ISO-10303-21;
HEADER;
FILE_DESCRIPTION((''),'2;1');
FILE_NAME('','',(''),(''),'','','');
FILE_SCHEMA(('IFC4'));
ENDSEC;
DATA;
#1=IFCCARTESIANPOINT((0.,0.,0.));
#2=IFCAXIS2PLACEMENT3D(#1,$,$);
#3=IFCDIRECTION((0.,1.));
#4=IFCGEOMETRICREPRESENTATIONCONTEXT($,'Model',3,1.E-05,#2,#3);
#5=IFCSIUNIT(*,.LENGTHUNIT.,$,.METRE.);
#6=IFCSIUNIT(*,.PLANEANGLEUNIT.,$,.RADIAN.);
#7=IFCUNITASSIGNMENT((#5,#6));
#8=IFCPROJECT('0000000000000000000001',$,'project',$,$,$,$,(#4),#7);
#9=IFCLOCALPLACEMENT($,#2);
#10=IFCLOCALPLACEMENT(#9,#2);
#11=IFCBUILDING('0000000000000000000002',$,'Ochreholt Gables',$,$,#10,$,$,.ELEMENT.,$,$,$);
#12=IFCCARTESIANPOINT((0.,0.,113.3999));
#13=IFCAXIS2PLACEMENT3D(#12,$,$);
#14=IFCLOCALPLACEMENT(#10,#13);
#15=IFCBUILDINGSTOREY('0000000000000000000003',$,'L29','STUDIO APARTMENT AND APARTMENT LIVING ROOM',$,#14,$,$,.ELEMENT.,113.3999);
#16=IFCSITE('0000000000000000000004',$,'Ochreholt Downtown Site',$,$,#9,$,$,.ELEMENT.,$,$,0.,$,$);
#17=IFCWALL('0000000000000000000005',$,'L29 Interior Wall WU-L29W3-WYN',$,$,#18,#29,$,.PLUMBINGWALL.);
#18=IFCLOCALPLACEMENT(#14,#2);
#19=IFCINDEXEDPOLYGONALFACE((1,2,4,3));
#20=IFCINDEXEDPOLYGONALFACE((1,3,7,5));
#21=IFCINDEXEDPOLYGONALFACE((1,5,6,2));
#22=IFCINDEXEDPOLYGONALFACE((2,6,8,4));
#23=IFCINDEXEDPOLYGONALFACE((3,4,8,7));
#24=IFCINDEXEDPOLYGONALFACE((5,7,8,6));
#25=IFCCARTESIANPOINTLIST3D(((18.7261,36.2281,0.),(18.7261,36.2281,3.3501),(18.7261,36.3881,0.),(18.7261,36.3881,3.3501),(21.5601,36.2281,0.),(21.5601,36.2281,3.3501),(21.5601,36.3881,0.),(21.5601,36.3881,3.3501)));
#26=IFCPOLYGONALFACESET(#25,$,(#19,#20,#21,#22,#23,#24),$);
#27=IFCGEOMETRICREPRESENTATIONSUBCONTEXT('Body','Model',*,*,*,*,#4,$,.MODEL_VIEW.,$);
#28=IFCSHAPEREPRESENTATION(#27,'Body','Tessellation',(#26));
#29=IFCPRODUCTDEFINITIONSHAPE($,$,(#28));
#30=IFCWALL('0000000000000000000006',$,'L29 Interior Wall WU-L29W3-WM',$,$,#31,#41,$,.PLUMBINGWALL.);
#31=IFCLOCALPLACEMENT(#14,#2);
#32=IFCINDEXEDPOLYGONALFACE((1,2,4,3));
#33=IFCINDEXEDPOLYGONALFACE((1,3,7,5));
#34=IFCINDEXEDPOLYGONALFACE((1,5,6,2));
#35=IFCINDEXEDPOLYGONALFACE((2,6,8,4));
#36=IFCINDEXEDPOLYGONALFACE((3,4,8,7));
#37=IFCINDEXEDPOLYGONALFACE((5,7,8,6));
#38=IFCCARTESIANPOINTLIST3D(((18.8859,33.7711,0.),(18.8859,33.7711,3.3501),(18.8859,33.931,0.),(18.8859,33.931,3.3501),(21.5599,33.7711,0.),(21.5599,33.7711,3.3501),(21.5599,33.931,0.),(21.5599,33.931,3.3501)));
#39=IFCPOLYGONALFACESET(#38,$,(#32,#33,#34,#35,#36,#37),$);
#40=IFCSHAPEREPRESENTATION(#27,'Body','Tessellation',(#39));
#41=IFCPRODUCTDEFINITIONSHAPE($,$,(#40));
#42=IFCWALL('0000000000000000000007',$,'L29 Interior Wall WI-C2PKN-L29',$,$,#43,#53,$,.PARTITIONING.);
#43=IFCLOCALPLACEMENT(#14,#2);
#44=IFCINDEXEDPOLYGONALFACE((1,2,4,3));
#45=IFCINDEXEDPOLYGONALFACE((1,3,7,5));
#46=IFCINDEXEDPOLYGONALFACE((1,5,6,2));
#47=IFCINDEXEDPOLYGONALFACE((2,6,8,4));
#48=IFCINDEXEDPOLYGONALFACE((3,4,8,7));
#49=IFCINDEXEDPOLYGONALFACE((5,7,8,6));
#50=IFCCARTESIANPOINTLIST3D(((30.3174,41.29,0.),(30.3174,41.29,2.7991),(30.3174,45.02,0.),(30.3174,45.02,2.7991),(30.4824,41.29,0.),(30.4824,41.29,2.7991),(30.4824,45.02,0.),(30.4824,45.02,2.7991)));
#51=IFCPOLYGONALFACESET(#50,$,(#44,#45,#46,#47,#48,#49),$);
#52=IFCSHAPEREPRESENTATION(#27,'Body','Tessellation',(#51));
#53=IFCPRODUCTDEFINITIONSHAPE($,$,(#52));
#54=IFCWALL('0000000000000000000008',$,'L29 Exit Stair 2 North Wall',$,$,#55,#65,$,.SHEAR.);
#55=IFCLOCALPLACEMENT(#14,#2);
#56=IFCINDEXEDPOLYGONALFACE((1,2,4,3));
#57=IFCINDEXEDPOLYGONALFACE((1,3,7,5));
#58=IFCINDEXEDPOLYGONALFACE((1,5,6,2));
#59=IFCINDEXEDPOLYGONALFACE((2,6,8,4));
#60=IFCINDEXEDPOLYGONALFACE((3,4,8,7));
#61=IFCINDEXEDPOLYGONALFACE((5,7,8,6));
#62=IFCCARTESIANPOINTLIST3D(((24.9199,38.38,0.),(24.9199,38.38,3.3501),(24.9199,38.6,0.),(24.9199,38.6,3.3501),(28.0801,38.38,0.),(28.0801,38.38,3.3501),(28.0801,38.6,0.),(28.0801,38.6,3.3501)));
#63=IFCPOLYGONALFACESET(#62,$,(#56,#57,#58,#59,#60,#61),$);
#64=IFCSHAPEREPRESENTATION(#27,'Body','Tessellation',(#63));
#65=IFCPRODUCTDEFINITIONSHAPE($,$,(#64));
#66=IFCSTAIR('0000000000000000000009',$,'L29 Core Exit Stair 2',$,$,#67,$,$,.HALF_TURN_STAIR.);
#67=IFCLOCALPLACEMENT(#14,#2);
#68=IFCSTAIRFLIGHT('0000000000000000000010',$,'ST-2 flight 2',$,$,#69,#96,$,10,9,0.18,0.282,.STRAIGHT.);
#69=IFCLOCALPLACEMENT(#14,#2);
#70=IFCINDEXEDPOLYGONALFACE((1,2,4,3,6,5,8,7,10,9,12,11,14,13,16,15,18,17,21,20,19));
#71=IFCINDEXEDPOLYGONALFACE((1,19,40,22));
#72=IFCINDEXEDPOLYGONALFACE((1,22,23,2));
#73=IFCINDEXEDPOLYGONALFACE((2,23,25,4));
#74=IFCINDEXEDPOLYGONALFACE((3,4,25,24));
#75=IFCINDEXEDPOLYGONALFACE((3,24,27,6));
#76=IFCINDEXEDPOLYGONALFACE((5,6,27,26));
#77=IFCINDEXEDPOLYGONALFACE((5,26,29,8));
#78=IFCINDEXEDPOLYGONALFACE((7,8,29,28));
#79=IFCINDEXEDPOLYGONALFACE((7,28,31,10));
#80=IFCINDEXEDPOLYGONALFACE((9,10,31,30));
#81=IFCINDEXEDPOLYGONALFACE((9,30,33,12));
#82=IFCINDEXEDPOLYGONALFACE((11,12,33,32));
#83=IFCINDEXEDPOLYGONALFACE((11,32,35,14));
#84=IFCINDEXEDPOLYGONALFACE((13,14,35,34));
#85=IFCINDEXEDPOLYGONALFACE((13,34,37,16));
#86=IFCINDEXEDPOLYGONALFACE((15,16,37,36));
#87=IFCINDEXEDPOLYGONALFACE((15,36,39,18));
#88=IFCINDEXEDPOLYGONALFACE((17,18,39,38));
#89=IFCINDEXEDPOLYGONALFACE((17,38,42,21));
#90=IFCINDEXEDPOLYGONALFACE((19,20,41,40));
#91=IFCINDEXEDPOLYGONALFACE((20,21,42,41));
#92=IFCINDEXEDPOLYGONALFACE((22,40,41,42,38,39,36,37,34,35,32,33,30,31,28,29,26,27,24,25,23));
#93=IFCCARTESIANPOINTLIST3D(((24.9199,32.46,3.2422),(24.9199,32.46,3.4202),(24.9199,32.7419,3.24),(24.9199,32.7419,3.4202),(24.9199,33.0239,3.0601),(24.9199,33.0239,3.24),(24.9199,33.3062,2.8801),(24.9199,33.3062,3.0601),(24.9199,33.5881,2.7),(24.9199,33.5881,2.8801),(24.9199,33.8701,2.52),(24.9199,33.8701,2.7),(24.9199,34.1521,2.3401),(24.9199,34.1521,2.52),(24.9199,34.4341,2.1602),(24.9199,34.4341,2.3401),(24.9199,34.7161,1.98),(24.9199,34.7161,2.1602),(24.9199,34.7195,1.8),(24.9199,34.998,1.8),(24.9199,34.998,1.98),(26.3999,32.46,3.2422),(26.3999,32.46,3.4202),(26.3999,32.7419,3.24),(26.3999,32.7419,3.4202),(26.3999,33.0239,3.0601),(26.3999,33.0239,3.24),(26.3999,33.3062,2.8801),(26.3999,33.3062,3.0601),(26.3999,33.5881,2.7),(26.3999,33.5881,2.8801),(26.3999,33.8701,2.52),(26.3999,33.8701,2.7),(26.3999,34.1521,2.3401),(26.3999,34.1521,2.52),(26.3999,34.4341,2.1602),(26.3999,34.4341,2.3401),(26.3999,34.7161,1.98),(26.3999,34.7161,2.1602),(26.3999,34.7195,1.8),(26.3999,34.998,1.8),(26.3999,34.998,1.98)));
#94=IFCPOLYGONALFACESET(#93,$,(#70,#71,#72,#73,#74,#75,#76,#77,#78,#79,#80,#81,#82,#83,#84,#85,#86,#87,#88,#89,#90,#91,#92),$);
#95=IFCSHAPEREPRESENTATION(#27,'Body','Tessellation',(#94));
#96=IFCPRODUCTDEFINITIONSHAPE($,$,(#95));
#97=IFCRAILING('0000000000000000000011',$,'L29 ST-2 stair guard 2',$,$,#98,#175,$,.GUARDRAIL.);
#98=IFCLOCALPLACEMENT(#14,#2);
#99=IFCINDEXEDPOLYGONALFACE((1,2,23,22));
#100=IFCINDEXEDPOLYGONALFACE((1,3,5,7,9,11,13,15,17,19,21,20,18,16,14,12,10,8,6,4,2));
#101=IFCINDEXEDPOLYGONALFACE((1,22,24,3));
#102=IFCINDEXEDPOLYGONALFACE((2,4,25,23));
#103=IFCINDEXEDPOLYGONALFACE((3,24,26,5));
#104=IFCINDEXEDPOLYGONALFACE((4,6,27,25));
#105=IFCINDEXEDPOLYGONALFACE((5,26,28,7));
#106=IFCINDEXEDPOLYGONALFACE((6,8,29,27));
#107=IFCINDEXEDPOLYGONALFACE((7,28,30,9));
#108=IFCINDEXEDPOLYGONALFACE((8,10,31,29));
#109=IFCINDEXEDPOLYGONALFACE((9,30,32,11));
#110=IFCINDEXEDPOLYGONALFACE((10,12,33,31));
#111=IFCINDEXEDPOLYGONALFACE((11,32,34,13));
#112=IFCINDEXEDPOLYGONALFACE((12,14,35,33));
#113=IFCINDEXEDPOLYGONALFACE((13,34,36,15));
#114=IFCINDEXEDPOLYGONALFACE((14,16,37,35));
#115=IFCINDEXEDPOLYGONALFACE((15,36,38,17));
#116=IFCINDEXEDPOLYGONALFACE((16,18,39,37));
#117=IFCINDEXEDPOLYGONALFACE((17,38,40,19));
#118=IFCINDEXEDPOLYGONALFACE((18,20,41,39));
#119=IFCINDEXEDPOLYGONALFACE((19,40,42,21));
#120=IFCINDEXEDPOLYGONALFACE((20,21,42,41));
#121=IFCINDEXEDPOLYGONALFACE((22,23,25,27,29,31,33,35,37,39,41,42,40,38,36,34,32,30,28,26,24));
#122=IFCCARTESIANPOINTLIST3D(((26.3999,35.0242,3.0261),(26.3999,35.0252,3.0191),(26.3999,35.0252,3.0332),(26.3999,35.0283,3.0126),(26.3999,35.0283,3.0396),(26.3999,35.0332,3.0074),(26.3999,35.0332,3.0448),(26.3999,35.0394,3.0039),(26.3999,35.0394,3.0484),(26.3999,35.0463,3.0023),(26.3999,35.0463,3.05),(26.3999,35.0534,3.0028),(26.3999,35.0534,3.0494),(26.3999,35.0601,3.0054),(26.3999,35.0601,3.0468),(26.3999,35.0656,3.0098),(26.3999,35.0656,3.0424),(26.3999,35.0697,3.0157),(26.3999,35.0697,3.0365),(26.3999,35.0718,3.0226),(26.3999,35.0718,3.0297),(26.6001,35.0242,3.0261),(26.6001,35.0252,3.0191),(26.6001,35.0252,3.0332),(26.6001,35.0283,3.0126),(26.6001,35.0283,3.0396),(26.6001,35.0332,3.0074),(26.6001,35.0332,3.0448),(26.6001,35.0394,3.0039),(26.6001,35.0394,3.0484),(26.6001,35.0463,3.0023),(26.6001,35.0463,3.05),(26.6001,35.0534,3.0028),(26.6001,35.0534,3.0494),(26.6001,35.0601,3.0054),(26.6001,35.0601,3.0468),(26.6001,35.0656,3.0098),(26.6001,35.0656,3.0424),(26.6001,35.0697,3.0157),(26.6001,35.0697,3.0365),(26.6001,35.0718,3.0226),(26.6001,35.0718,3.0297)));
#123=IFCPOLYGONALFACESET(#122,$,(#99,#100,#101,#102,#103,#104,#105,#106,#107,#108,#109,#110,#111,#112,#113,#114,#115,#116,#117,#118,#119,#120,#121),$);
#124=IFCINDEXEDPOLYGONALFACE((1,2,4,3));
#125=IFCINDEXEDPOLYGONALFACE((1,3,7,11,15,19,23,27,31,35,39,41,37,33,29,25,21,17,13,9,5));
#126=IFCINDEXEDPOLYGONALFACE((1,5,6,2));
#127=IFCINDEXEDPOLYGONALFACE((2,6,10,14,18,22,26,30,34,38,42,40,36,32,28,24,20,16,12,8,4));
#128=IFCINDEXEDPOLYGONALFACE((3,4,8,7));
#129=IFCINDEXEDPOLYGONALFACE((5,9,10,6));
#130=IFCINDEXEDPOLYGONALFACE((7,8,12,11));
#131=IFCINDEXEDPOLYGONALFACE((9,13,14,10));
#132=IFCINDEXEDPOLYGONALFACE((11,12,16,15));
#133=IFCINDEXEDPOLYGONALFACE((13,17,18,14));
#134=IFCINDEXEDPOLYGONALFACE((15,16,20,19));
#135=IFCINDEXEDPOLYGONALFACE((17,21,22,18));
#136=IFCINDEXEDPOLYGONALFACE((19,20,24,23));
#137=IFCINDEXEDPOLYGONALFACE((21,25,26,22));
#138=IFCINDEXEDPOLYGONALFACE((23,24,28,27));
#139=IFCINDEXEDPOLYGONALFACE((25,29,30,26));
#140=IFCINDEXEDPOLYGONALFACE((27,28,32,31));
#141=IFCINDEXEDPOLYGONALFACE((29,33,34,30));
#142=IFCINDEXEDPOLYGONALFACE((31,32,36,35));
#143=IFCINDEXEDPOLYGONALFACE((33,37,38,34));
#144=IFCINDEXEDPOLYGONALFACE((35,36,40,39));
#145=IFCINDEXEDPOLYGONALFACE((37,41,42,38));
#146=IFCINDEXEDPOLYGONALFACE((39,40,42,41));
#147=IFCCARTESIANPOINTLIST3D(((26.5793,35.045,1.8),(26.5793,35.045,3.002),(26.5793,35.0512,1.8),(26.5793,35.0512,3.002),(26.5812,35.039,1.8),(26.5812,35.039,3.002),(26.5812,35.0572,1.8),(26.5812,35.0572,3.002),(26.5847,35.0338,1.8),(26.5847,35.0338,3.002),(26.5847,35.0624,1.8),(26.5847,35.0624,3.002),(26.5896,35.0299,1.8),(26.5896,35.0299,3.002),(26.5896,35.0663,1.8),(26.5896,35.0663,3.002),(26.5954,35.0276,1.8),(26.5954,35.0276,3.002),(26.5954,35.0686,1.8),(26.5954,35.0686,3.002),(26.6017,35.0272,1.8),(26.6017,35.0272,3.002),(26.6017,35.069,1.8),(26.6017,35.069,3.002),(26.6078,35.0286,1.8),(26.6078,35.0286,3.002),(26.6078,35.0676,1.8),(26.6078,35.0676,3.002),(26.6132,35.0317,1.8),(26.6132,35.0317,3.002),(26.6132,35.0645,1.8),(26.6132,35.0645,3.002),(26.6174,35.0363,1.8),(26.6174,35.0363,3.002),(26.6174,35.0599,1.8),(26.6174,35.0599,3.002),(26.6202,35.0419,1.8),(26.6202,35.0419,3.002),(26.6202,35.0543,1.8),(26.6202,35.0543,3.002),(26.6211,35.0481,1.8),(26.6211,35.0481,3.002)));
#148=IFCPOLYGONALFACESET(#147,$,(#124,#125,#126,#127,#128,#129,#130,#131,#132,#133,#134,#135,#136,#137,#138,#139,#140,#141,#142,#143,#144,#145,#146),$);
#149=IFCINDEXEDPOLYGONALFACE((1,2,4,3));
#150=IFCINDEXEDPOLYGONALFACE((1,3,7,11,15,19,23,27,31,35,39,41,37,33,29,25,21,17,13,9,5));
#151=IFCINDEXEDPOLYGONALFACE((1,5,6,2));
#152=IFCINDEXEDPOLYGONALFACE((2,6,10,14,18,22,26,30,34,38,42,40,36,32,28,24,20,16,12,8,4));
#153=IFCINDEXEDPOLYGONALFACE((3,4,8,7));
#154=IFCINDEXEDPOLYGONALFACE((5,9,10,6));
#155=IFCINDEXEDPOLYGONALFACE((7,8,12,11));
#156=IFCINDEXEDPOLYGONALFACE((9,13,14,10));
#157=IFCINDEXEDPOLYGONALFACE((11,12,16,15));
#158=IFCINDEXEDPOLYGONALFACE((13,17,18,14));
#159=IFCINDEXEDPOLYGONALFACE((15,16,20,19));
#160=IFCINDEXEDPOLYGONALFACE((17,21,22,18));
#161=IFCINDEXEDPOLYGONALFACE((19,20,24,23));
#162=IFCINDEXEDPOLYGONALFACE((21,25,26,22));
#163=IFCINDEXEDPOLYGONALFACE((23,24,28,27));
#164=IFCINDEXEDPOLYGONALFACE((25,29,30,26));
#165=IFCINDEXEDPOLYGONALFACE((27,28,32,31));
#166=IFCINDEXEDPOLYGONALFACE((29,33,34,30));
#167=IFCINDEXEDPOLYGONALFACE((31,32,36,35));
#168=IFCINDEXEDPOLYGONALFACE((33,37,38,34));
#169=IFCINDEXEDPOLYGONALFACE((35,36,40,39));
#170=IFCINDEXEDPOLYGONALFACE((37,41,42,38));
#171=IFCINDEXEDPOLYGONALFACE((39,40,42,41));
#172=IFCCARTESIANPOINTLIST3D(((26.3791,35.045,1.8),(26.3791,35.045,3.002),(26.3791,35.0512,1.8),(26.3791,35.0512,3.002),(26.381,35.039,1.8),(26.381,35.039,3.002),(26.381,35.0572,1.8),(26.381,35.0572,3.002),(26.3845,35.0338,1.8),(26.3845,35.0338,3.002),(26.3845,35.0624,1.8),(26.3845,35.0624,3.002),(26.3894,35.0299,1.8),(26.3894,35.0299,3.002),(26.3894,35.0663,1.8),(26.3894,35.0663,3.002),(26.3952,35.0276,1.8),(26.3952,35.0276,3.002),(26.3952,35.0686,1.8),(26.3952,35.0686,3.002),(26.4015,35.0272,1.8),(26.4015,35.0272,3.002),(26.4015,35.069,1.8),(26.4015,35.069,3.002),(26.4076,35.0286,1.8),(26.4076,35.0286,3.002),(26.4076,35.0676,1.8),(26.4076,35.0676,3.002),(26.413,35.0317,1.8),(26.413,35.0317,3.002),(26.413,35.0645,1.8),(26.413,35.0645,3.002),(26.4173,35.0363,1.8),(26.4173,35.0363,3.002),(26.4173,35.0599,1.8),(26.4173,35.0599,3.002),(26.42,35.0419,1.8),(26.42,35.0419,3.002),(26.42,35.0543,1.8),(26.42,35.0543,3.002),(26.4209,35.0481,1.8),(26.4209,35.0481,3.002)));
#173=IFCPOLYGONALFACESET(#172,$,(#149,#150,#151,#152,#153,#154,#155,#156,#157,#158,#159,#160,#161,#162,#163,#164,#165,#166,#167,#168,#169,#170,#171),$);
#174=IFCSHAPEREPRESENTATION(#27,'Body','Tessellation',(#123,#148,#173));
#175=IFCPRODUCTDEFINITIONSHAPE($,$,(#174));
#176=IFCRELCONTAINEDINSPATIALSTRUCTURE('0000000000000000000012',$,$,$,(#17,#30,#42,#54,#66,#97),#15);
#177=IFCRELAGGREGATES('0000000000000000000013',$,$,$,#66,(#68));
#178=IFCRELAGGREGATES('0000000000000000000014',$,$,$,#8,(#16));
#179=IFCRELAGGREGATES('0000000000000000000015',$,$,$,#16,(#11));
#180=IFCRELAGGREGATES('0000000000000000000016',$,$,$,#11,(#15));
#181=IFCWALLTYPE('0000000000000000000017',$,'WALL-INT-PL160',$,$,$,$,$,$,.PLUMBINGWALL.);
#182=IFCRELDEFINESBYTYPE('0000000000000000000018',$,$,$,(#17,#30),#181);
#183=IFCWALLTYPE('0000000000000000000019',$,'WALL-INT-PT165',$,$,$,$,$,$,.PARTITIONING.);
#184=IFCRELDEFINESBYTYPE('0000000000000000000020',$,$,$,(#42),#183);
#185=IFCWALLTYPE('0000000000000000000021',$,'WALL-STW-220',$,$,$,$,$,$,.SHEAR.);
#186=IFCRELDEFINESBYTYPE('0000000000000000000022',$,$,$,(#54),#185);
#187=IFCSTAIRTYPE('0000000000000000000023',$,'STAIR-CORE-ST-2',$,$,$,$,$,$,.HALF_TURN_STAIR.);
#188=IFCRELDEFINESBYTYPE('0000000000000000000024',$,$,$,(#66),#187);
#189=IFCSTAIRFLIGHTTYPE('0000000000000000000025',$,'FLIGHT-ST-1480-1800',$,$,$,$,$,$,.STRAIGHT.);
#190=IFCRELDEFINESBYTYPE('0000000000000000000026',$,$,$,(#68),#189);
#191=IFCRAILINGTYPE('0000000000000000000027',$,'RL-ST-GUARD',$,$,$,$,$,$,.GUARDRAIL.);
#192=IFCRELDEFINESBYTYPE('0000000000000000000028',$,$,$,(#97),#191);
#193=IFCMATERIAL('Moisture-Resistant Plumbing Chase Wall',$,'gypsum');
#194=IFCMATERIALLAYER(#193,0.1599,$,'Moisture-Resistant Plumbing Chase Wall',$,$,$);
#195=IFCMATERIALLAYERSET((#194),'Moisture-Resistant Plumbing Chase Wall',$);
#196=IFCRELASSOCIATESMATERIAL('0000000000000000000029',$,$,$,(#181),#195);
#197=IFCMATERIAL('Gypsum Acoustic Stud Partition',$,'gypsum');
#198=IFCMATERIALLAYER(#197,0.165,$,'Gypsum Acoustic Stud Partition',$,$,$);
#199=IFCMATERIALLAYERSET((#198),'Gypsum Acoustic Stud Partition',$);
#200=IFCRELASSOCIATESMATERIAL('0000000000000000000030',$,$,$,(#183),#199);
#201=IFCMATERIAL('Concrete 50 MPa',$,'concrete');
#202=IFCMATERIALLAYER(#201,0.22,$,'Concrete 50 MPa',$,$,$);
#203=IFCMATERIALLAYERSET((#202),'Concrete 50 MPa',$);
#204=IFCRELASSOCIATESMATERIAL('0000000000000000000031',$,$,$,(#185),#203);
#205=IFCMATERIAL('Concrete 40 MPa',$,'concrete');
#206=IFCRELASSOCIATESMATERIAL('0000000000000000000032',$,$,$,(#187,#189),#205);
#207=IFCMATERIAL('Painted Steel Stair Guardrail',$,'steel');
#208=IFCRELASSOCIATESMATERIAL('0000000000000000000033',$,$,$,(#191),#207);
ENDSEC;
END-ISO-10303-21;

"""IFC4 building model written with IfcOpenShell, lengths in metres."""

from ifc_helpers import new_model, si_unit, direction, frame, frame_2d, origin, origin_2d, place, context, subcontext, project, spatial, polyline, rectangle, circle, outline, extrude, material, layer, layer_set, type_object, element, aggregate, save


model = new_model("IFC4")

# Units and contexts
model_context = context("Model", 3, precision=1e-05, world=origin(), true_north=direction((0.0, 1.0)))
body_context = subcontext(model_context, "Body", "Model", "MODEL_VIEW")
ifc_project = project(units=[si_unit("LENGTHUNIT", "METRE"), si_unit("PLANEANGLEUNIT", "RADIAN")], contexts=[model_context])

# Site, building, storey
site_placement = place(None, origin())
site = spatial("IfcSite", under=ifc_project, at=site_placement, Name="Ochreholt Downtown Site", CompositionType="ELEMENT", RefElevation=0.0)
building_placement = place(site_placement, origin())
building = spatial("IfcBuilding", under=site, at=building_placement, Name="Ochreholt Gables", CompositionType="ELEMENT")
storey_placement = place(building_placement, frame((0.0, 0.0, 113.3999)))
storey = spatial("IfcBuildingStorey", under=building, at=storey_placement, Name="L29", Description="STUDIO APARTMENT AND APARTMENT LIVING ROOM", CompositionType="ELEMENT", Elevation=113.3999)

# Walls
ifc_material_1 = material(Name="Moisture-Resistant Plumbing Chase Wall", Category="gypsum")
ifc_layer_1 = layer(ifc_material_1, 0.1599, Name="Moisture-Resistant Plumbing Chase Wall")
ifc_layer_set_1 = layer_set([ifc_layer_1], Name="Moisture-Resistant Plumbing Chase Wall")
wall_type_1 = type_object("IfcWallType", Name="WALL-INT-PL160", PredefinedType="PLUMBINGWALL", material=ifc_layer_set_1)
wall_1_placement = place(storey_placement, frame((18.7261, 36.3081, 0.0), z_axis=(0.0, 0.0, 1.0), x_axis=(1.0, 0.0, 0.0)))
element("IfcWall", 1, at=wall_1_placement, inside=storey, type_object=wall_type_1, Name="L29 Interior Wall WU-L29W3-WYN", PredefinedType="PLUMBINGWALL", context=body_context, shape_type="SweptSolid", body=[
    extrude(rectangle(XDim=2.834, YDim=0.1599, at=frame_2d((1.417, 0.0))), origin(), (0.0, 0.0, 1.0), 3.3501),
])
wall_2_placement = place(storey_placement, frame((18.886, 33.8511, 0.0), z_axis=(0.0, 0.0, 1.0), x_axis=(1.0, 0.0, 0.0)))
element("IfcWall", 2, at=wall_2_placement, inside=storey, type_object=wall_type_1, Name="L29 Interior Wall WU-L29W3-WM", PredefinedType="PLUMBINGWALL", context=body_context, shape_type="SweptSolid", body=[
    extrude(rectangle(XDim=2.6741, YDim=0.1599, at=frame_2d((1.3369, 0.0))), origin(), (0.0, 0.0, 1.0), 3.3501),
])
ifc_material_2 = material(Name="Gypsum Acoustic Stud Partition", Category="gypsum")
ifc_layer_2 = layer(ifc_material_2, 0.165, Name="Gypsum Acoustic Stud Partition")
ifc_layer_set_2 = layer_set([ifc_layer_2], Name="Gypsum Acoustic Stud Partition")
wall_type_2 = type_object("IfcWallType", Name="WALL-INT-PT165", PredefinedType="PARTITIONING", material=ifc_layer_set_2)
wall_3_placement = place(storey_placement, frame((30.3999, 41.29, 0.0), z_axis=(0.0, 0.0, 1.0), x_axis=(0.0, 1.0, 0.0)))
element("IfcWall", 3, at=wall_3_placement, inside=storey, type_object=wall_type_2, Name="L29 Interior Wall WI-C2PKN-L29", PredefinedType="PARTITIONING", context=body_context, shape_type="SweptSolid", body=[
    extrude(rectangle(XDim=3.73, YDim=0.165, at=frame_2d((1.865, 0.0))), origin(), (0.0, 0.0, 1.0), 2.7991),
])
ifc_material_3 = material(Name="Concrete 50 MPa", Category="concrete")
ifc_layer_3 = layer(ifc_material_3, 0.22, Name="Concrete 50 MPa")
ifc_layer_set_3 = layer_set([ifc_layer_3], Name="Concrete 50 MPa")
wall_type_3 = type_object("IfcWallType", Name="WALL-STW-220", PredefinedType="SHEAR", material=ifc_layer_set_3)
wall_4_placement = place(storey_placement, frame((24.9199, 38.49, 0.0), z_axis=(0.0, 0.0, 1.0), x_axis=(1.0, 0.0, 0.0)))
element("IfcWall", 4, at=wall_4_placement, inside=storey, type_object=wall_type_3, Name="L29 Exit Stair 2 North Wall", PredefinedType="SHEAR", context=body_context, shape_type="SweptSolid", body=[
    extrude(rectangle(XDim=3.1602, YDim=0.22, at=frame_2d((1.5801, 0.0))), origin(), (0.0, 0.0, 1.0), 3.3501),
])

# Stair, stair flight
ifc_material_4 = material(Name="Concrete 40 MPa", Category="concrete")
stair_type = type_object("IfcStairType", Name="STAIR-CORE-ST-2", PredefinedType="HALF_TURN_STAIR", material=ifc_material_4)
stair_placement = place(storey_placement, origin())
stair = element("IfcStair", 5, at=stair_placement, inside=storey, type_object=stair_type, Name="L29 Core Exit Stair 2", PredefinedType="HALF_TURN_STAIR")
stair_flight_type = type_object("IfcStairFlightType", Name="FLIGHT-ST-1480-1800", PredefinedType="STRAIGHT", material=ifc_material_4)
stair_flight_placement = place(storey_placement, frame((25.6599, 34.998, 1.8), z_axis=(0.0, 0.0, 1.0), x_axis=(0.0, -1.0, 0.0)))
stair_flight = element("IfcStairFlight", 6, at=stair_flight_placement, type_object=stair_flight_type, Name="ST-2 flight 2", NumberOfRisers=10, NumberOfTreads=9, PredefinedType="STRAIGHT", RiserHeight=0.18, TreadLength=0.282, context=body_context, shape_type="SweptSolid", body=[
    extrude(outline(polyline([(0.0, 0.0), (0.0, 0.1799), (0.282, 0.1799), (0.282, 0.3601), (0.564, 0.3601), (0.564, 0.54), (0.8459, 0.54), (0.8459, 0.72), (1.1279, 0.72), (1.1279, 0.8999), (1.4099, 0.8999), (1.4099, 1.0801), (1.6919, 1.0801), (1.6919, 1.26), (1.9741, 1.26), (1.9741, 1.4399), (2.2561, 1.4399), (2.2561, 1.6201), (2.5381, 1.6201), (2.5381, 1.8), (2.5381, 1.4421), (0.2786, 0.0), (0.0, 0.0)])), frame((0.0, 0.74, 0.0), z_axis=(0.0, -1.0, 0.0), x_axis=(1.0, 0.0, 0.0)), (0.0, 0.0, 1.0), 1.48),
])
aggregate(stair, [stair_flight])

# Railing
ifc_material_5 = material(Name="Painted Steel Stair Guardrail", Category="steel")
railing_type_1 = type_object("IfcRailingType", Name="RL-ST-GUARD", PredefinedType="GUARDRAIL", material=ifc_material_5)
railing_1_placement = place(storey_placement, frame((26.6001, 35.0481, 1.8)))
element("IfcRailing", 7, at=railing_1_placement, inside=storey, type_object=railing_type_1, Name="L29 ST-2 stair guard 2", PredefinedType="GUARDRAIL", context=body_context, shape_type="SweptSolid", body=[
    extrude(circle(Radius=0.0239, at=origin_2d()), frame((0.0, 0.0, 1.2261), z_axis=(-1.0, 0.0, 0.0), x_axis=(0.0, -1.0, 0.0)), (0.0, 0.0, 1.0), 0.2002),
    extrude(circle(Radius=0.021, at=origin_2d()), origin(), (0.0, 0.0, 1.0), 1.2019),
    extrude(circle(Radius=0.021, at=origin_2d()), frame((-0.2002, 0.0, 0.0)), (0.0, 0.0, 1.0), 1.2019),
])

save(model, "model.ifc")
